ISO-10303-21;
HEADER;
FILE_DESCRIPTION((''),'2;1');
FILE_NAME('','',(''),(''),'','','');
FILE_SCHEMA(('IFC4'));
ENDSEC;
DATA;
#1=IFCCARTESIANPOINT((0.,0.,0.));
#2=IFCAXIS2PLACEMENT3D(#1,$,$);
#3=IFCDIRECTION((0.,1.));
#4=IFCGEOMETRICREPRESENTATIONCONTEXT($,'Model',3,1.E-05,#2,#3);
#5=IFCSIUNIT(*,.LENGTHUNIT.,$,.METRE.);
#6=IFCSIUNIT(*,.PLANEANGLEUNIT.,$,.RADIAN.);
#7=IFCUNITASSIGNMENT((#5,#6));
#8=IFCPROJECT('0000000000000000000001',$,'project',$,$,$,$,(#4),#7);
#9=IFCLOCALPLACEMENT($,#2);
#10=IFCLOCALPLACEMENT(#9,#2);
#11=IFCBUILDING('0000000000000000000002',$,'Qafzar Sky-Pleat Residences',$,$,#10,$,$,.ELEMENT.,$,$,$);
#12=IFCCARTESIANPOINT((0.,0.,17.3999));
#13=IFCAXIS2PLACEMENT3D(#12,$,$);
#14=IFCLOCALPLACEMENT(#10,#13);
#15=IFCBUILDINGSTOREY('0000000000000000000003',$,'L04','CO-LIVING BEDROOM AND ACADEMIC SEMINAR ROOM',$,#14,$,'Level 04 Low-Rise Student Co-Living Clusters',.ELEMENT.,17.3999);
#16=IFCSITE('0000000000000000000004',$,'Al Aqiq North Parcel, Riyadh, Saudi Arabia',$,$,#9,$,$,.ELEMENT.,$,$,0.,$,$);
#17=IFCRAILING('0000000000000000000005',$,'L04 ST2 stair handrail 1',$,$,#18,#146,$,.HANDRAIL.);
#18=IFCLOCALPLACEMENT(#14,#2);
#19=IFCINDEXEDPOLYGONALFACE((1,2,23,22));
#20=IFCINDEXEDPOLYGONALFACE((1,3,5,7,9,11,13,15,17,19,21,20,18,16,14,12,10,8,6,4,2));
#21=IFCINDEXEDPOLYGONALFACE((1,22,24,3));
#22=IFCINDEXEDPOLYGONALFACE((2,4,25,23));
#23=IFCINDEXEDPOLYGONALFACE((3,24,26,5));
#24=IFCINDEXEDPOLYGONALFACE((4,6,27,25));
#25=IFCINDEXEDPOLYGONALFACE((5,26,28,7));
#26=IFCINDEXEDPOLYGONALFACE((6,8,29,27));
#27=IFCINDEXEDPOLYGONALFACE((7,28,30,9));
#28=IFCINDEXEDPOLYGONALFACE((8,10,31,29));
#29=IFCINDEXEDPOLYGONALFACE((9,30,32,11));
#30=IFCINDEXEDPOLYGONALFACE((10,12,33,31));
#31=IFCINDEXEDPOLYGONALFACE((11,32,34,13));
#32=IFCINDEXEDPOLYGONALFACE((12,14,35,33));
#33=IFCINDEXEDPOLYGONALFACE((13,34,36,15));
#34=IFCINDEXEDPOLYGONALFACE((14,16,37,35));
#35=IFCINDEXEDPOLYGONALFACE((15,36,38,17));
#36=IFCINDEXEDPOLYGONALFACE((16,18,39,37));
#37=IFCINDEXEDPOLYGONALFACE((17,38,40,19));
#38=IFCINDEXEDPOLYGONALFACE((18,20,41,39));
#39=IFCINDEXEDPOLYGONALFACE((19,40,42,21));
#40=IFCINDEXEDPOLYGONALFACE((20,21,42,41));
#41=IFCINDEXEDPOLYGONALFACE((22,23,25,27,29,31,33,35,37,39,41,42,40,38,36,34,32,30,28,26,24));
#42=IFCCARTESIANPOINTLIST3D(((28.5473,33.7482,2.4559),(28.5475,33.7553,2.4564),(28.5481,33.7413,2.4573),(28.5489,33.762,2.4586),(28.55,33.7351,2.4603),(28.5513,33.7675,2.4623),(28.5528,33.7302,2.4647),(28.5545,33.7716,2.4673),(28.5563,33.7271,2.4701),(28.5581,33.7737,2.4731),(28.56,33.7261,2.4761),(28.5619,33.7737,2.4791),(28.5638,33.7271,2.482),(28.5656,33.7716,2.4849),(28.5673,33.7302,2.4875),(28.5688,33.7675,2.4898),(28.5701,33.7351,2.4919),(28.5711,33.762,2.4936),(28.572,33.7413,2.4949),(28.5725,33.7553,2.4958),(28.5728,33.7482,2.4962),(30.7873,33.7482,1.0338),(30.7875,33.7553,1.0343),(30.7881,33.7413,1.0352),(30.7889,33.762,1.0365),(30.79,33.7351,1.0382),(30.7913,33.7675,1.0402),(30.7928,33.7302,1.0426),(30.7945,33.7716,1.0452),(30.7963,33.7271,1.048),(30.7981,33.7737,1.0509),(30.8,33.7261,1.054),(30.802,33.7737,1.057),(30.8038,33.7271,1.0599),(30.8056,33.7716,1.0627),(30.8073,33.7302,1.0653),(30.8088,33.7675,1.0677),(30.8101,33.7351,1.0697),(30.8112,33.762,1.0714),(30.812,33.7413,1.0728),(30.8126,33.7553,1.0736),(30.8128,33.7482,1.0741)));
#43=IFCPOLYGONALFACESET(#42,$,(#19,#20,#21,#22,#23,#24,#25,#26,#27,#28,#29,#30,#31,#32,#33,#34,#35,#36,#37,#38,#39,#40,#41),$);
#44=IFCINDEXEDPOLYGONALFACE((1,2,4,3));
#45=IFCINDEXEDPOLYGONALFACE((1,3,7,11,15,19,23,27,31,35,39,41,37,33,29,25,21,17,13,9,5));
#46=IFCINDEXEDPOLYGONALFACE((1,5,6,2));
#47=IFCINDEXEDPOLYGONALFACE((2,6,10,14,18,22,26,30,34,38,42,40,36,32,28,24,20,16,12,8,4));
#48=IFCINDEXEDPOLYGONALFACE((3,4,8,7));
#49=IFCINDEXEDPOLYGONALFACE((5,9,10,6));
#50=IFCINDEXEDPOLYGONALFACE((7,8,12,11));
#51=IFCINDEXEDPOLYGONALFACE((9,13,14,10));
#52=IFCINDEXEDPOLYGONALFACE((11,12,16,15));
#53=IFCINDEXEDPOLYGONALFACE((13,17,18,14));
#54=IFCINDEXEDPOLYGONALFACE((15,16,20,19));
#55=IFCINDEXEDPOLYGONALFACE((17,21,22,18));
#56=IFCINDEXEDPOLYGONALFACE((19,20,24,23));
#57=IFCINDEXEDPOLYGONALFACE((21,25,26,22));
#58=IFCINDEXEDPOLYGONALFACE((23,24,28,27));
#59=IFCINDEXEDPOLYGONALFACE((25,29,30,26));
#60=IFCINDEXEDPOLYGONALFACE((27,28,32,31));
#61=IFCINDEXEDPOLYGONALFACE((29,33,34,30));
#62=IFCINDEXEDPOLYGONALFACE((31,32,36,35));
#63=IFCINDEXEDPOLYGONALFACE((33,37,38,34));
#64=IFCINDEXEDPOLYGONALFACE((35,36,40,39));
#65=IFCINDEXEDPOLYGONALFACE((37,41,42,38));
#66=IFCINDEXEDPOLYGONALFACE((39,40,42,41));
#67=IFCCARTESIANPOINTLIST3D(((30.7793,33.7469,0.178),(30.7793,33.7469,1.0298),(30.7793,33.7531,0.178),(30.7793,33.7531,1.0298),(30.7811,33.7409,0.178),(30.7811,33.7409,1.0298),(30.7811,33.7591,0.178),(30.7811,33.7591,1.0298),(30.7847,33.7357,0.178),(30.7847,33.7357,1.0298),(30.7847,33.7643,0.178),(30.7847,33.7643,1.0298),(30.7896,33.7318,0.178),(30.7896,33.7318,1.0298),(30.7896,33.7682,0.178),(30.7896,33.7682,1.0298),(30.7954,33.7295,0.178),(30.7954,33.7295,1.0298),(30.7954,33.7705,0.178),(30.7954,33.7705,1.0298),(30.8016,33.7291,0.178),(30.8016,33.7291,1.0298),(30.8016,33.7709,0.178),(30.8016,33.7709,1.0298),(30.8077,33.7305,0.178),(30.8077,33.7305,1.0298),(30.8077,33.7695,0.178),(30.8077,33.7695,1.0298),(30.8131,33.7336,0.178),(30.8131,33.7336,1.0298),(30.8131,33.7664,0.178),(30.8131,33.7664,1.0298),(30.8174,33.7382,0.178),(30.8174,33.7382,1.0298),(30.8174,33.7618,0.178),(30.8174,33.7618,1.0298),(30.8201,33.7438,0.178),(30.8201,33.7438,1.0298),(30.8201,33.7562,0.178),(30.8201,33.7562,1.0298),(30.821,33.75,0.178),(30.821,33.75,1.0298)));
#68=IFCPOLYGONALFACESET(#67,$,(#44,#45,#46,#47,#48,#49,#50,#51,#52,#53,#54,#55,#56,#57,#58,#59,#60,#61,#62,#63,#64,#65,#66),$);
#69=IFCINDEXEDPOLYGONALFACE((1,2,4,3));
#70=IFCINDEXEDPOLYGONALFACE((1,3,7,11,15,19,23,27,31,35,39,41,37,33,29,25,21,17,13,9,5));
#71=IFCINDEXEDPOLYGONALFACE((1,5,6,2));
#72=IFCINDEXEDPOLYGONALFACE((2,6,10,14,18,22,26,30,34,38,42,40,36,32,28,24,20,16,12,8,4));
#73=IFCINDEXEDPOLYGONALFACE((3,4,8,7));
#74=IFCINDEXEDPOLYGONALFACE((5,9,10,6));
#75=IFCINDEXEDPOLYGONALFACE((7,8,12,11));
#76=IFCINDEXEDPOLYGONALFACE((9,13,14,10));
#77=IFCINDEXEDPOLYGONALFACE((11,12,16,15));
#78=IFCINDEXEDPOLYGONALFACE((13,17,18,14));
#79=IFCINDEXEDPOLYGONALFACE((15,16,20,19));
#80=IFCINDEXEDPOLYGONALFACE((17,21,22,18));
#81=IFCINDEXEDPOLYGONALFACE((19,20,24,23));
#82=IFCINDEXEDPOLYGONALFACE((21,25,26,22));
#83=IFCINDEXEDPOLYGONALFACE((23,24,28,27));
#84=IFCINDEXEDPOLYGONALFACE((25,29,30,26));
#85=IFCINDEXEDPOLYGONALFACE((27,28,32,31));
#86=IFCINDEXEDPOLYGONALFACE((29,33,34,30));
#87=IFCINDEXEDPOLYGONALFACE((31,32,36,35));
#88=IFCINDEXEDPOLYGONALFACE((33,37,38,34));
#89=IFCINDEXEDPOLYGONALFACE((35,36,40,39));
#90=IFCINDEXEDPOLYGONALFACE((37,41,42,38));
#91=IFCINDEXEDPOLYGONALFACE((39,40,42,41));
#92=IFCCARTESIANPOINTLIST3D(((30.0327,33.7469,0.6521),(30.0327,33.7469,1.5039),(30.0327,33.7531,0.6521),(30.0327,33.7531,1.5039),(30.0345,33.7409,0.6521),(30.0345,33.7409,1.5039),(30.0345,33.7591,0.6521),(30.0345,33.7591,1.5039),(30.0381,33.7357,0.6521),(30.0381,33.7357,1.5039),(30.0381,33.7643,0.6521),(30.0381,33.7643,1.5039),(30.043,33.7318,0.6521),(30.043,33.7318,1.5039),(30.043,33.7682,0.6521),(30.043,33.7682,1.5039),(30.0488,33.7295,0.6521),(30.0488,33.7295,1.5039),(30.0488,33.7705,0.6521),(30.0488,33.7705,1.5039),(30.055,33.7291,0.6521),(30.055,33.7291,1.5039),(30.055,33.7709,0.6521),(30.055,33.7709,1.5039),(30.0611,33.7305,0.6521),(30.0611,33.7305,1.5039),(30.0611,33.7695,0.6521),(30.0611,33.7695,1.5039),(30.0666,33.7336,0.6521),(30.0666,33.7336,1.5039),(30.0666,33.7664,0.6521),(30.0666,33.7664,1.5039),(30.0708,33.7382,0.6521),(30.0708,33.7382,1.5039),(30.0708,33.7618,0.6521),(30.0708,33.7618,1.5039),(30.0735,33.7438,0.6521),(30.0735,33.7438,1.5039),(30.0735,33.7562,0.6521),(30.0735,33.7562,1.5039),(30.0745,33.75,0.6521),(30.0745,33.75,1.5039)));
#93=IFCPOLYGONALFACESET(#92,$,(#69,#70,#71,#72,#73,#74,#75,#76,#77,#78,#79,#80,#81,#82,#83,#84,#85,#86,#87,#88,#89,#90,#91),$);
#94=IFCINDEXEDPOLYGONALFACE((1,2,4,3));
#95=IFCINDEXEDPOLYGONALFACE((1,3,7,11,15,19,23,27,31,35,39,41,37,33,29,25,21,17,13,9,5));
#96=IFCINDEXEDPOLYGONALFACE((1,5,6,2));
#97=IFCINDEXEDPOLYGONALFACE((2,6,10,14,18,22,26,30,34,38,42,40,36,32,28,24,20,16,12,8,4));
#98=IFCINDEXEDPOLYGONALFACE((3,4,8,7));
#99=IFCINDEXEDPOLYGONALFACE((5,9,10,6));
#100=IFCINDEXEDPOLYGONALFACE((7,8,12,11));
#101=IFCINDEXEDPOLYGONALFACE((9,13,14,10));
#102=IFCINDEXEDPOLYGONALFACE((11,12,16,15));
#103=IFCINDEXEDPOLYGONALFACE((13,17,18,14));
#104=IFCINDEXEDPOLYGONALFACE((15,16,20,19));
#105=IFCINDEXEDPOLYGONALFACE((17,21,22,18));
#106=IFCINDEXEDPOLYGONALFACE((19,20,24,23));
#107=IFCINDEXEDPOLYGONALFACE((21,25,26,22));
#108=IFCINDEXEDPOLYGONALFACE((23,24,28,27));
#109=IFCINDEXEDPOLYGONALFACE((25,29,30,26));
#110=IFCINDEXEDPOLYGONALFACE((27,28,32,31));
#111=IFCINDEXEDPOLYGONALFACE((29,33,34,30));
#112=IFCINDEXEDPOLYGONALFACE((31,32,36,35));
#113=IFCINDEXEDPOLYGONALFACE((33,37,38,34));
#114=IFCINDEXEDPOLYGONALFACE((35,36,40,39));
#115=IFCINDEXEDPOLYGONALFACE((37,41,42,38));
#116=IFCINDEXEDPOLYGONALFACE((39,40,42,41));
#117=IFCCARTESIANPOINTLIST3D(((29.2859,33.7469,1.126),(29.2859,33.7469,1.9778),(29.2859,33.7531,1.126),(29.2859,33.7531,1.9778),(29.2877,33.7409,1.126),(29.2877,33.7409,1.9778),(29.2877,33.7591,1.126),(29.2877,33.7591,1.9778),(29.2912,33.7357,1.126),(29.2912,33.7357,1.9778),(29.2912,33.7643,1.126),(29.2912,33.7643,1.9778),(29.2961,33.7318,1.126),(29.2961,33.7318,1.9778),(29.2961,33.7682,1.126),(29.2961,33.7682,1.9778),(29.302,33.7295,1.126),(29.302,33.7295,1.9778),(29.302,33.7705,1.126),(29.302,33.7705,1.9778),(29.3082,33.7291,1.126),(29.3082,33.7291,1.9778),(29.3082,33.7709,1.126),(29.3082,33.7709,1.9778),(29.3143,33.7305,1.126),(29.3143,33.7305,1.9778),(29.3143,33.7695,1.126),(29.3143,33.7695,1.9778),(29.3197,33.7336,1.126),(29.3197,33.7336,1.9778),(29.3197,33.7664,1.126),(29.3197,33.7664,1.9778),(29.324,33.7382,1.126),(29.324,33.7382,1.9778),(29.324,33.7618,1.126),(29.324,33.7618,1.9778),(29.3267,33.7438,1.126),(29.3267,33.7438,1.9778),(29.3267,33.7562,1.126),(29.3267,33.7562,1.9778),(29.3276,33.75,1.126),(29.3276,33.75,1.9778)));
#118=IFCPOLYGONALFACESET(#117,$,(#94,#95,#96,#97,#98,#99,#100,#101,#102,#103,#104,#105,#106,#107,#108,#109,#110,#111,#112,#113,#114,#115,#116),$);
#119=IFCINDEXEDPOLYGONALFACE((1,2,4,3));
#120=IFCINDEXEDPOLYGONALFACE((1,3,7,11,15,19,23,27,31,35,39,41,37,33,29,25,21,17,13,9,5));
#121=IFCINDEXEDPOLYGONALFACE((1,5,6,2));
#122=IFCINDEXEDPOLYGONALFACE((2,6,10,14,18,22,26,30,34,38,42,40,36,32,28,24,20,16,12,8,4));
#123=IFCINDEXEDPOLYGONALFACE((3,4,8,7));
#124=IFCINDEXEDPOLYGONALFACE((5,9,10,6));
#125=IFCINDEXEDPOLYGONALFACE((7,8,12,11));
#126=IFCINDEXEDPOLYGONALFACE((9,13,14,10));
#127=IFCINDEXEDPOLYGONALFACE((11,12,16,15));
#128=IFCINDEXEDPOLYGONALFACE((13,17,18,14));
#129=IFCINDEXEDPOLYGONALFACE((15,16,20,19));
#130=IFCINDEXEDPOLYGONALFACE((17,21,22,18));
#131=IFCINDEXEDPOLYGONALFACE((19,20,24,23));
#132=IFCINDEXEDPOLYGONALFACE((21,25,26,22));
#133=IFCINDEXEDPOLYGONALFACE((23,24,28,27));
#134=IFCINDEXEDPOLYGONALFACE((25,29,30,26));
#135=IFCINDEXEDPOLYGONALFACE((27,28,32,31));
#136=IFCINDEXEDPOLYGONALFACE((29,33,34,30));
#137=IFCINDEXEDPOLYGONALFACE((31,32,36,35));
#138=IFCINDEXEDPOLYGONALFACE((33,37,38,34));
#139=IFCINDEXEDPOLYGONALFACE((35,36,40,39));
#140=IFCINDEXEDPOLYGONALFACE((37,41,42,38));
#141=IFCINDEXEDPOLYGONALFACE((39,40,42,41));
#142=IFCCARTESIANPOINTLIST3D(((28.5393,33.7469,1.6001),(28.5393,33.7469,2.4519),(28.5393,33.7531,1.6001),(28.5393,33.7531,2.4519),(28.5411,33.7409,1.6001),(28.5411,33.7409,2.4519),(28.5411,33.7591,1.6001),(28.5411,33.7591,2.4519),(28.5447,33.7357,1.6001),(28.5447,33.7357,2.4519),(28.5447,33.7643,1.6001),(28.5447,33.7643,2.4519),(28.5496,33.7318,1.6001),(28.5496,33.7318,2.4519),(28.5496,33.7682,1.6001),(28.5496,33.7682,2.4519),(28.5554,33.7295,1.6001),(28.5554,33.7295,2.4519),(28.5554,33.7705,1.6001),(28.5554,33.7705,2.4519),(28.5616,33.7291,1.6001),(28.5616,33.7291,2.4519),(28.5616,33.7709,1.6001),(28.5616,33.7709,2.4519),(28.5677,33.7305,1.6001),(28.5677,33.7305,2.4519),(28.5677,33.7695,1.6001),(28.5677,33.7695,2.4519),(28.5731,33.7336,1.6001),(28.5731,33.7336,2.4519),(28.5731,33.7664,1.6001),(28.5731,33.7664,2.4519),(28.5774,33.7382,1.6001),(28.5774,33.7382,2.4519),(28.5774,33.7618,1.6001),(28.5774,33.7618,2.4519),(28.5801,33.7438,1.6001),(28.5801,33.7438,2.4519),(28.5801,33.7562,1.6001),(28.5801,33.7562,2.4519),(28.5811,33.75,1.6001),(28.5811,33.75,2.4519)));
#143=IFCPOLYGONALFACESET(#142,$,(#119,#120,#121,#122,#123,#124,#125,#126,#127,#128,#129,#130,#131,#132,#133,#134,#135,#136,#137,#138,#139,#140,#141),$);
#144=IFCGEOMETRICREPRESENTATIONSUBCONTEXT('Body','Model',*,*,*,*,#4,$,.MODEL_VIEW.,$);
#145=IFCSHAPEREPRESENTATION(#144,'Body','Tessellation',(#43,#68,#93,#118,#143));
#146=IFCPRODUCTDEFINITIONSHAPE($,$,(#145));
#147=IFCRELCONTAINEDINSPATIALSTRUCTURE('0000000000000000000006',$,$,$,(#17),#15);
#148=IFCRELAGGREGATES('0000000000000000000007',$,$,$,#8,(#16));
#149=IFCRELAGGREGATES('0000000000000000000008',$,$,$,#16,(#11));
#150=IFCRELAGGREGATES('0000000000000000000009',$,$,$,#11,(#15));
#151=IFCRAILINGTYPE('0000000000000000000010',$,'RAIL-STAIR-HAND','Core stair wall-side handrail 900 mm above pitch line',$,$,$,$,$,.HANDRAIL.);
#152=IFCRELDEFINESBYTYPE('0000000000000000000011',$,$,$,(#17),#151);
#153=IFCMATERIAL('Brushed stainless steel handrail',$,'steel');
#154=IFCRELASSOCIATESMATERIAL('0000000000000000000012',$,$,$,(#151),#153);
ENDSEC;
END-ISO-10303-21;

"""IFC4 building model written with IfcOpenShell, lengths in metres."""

from ifc_helpers import new_model, si_unit, direction, frame, origin, origin_2d, place, context, subcontext, project, spatial, circle, extrude, source, transform, mapped, material, type_object, element, save


model = new_model("IFC4")

# Units and contexts
model_context = context("Model", 3, precision=1e-05, world=origin(), true_north=direction((0.0, 1.0)))
body_context = subcontext(model_context, "Body", "Model", "MODEL_VIEW")
ifc_project = project(units=[si_unit("LENGTHUNIT", "METRE"), si_unit("PLANEANGLEUNIT", "RADIAN")], contexts=[model_context])

# Site, building, storey
site_placement = place(None, origin())
site = spatial("IfcSite", under=ifc_project, at=site_placement, Name="Al Aqiq North Parcel, Riyadh, Saudi Arabia", CompositionType="ELEMENT", RefElevation=0.0)
building_placement = place(site_placement, origin())
building = spatial("IfcBuilding", under=site, at=building_placement, Name="Qafzar Sky-Pleat Residences", CompositionType="ELEMENT")
storey_placement = place(building_placement, frame((0.0, 0.0, 17.3999)))
storey = spatial("IfcBuildingStorey", under=building, at=storey_placement, Name="L04", Description="CO-LIVING BEDROOM AND ACADEMIC SEMINAR ROOM", LongName="Level 04 Low-Rise Student Co-Living Clusters", CompositionType="ELEMENT", Elevation=17.3999)

# Railing
ifc_material_1 = material(Name="Brushed stainless steel handrail", Category="steel")
railing_type_1 = type_object("IfcRailingType", Name="RAIL-STAIR-HAND", Description="Core stair wall-side handrail 900 mm above pitch line", PredefinedType="HANDRAIL", material=ifc_material_1)
shared_shape_1 = source(origin(), body_context, "Body", "SweptSolid", [
    extrude(circle(Radius=0.0239, at=origin_2d()), frame((0.0, 0.0, 0.876), z_axis=(-0.844229, 0.0, 0.535982), x_axis=(0.0, -1.0, 0.0)), (0.0, 0.0, 1.0), 2.6533),
    extrude(circle(Radius=0.021, at=origin_2d()), origin(), (0.0, 0.0, 1.0), 0.8518),
    extrude(circle(Radius=0.021, at=origin_2d()), frame((-0.7466, 0.0, 0.4741)), (0.0, 0.0, 1.0), 0.8518),
    extrude(circle(Radius=0.021, at=origin_2d()), frame((-1.4934, 0.0, 0.948)), (0.0, 0.0, 1.0), 0.8518),
    extrude(circle(Radius=0.021, at=origin_2d()), frame((-2.24, 0.0, 1.4221)), (0.0, 0.0, 1.0), 0.8518),
])
railing_1_placement = place(storey_placement, frame((30.8, 33.75, 0.178)))
element("IfcRailing", 1, at=railing_1_placement, inside=storey, type_object=railing_type_1, Name="L04 ST2 stair handrail 1", PredefinedType="HANDRAIL", context=body_context, shape_type="MappedRepresentation", body=[
    mapped(shared_shape_1, transform((0.0, 0.0, 0.0), x_axis=(1.0, 0.0, 0.0), y_axis=(0.0, 1.0, 0.0), z_axis=(0.0, 0.0, 1.0), scale=1.0)),
])

save(model, "model.ifc")
